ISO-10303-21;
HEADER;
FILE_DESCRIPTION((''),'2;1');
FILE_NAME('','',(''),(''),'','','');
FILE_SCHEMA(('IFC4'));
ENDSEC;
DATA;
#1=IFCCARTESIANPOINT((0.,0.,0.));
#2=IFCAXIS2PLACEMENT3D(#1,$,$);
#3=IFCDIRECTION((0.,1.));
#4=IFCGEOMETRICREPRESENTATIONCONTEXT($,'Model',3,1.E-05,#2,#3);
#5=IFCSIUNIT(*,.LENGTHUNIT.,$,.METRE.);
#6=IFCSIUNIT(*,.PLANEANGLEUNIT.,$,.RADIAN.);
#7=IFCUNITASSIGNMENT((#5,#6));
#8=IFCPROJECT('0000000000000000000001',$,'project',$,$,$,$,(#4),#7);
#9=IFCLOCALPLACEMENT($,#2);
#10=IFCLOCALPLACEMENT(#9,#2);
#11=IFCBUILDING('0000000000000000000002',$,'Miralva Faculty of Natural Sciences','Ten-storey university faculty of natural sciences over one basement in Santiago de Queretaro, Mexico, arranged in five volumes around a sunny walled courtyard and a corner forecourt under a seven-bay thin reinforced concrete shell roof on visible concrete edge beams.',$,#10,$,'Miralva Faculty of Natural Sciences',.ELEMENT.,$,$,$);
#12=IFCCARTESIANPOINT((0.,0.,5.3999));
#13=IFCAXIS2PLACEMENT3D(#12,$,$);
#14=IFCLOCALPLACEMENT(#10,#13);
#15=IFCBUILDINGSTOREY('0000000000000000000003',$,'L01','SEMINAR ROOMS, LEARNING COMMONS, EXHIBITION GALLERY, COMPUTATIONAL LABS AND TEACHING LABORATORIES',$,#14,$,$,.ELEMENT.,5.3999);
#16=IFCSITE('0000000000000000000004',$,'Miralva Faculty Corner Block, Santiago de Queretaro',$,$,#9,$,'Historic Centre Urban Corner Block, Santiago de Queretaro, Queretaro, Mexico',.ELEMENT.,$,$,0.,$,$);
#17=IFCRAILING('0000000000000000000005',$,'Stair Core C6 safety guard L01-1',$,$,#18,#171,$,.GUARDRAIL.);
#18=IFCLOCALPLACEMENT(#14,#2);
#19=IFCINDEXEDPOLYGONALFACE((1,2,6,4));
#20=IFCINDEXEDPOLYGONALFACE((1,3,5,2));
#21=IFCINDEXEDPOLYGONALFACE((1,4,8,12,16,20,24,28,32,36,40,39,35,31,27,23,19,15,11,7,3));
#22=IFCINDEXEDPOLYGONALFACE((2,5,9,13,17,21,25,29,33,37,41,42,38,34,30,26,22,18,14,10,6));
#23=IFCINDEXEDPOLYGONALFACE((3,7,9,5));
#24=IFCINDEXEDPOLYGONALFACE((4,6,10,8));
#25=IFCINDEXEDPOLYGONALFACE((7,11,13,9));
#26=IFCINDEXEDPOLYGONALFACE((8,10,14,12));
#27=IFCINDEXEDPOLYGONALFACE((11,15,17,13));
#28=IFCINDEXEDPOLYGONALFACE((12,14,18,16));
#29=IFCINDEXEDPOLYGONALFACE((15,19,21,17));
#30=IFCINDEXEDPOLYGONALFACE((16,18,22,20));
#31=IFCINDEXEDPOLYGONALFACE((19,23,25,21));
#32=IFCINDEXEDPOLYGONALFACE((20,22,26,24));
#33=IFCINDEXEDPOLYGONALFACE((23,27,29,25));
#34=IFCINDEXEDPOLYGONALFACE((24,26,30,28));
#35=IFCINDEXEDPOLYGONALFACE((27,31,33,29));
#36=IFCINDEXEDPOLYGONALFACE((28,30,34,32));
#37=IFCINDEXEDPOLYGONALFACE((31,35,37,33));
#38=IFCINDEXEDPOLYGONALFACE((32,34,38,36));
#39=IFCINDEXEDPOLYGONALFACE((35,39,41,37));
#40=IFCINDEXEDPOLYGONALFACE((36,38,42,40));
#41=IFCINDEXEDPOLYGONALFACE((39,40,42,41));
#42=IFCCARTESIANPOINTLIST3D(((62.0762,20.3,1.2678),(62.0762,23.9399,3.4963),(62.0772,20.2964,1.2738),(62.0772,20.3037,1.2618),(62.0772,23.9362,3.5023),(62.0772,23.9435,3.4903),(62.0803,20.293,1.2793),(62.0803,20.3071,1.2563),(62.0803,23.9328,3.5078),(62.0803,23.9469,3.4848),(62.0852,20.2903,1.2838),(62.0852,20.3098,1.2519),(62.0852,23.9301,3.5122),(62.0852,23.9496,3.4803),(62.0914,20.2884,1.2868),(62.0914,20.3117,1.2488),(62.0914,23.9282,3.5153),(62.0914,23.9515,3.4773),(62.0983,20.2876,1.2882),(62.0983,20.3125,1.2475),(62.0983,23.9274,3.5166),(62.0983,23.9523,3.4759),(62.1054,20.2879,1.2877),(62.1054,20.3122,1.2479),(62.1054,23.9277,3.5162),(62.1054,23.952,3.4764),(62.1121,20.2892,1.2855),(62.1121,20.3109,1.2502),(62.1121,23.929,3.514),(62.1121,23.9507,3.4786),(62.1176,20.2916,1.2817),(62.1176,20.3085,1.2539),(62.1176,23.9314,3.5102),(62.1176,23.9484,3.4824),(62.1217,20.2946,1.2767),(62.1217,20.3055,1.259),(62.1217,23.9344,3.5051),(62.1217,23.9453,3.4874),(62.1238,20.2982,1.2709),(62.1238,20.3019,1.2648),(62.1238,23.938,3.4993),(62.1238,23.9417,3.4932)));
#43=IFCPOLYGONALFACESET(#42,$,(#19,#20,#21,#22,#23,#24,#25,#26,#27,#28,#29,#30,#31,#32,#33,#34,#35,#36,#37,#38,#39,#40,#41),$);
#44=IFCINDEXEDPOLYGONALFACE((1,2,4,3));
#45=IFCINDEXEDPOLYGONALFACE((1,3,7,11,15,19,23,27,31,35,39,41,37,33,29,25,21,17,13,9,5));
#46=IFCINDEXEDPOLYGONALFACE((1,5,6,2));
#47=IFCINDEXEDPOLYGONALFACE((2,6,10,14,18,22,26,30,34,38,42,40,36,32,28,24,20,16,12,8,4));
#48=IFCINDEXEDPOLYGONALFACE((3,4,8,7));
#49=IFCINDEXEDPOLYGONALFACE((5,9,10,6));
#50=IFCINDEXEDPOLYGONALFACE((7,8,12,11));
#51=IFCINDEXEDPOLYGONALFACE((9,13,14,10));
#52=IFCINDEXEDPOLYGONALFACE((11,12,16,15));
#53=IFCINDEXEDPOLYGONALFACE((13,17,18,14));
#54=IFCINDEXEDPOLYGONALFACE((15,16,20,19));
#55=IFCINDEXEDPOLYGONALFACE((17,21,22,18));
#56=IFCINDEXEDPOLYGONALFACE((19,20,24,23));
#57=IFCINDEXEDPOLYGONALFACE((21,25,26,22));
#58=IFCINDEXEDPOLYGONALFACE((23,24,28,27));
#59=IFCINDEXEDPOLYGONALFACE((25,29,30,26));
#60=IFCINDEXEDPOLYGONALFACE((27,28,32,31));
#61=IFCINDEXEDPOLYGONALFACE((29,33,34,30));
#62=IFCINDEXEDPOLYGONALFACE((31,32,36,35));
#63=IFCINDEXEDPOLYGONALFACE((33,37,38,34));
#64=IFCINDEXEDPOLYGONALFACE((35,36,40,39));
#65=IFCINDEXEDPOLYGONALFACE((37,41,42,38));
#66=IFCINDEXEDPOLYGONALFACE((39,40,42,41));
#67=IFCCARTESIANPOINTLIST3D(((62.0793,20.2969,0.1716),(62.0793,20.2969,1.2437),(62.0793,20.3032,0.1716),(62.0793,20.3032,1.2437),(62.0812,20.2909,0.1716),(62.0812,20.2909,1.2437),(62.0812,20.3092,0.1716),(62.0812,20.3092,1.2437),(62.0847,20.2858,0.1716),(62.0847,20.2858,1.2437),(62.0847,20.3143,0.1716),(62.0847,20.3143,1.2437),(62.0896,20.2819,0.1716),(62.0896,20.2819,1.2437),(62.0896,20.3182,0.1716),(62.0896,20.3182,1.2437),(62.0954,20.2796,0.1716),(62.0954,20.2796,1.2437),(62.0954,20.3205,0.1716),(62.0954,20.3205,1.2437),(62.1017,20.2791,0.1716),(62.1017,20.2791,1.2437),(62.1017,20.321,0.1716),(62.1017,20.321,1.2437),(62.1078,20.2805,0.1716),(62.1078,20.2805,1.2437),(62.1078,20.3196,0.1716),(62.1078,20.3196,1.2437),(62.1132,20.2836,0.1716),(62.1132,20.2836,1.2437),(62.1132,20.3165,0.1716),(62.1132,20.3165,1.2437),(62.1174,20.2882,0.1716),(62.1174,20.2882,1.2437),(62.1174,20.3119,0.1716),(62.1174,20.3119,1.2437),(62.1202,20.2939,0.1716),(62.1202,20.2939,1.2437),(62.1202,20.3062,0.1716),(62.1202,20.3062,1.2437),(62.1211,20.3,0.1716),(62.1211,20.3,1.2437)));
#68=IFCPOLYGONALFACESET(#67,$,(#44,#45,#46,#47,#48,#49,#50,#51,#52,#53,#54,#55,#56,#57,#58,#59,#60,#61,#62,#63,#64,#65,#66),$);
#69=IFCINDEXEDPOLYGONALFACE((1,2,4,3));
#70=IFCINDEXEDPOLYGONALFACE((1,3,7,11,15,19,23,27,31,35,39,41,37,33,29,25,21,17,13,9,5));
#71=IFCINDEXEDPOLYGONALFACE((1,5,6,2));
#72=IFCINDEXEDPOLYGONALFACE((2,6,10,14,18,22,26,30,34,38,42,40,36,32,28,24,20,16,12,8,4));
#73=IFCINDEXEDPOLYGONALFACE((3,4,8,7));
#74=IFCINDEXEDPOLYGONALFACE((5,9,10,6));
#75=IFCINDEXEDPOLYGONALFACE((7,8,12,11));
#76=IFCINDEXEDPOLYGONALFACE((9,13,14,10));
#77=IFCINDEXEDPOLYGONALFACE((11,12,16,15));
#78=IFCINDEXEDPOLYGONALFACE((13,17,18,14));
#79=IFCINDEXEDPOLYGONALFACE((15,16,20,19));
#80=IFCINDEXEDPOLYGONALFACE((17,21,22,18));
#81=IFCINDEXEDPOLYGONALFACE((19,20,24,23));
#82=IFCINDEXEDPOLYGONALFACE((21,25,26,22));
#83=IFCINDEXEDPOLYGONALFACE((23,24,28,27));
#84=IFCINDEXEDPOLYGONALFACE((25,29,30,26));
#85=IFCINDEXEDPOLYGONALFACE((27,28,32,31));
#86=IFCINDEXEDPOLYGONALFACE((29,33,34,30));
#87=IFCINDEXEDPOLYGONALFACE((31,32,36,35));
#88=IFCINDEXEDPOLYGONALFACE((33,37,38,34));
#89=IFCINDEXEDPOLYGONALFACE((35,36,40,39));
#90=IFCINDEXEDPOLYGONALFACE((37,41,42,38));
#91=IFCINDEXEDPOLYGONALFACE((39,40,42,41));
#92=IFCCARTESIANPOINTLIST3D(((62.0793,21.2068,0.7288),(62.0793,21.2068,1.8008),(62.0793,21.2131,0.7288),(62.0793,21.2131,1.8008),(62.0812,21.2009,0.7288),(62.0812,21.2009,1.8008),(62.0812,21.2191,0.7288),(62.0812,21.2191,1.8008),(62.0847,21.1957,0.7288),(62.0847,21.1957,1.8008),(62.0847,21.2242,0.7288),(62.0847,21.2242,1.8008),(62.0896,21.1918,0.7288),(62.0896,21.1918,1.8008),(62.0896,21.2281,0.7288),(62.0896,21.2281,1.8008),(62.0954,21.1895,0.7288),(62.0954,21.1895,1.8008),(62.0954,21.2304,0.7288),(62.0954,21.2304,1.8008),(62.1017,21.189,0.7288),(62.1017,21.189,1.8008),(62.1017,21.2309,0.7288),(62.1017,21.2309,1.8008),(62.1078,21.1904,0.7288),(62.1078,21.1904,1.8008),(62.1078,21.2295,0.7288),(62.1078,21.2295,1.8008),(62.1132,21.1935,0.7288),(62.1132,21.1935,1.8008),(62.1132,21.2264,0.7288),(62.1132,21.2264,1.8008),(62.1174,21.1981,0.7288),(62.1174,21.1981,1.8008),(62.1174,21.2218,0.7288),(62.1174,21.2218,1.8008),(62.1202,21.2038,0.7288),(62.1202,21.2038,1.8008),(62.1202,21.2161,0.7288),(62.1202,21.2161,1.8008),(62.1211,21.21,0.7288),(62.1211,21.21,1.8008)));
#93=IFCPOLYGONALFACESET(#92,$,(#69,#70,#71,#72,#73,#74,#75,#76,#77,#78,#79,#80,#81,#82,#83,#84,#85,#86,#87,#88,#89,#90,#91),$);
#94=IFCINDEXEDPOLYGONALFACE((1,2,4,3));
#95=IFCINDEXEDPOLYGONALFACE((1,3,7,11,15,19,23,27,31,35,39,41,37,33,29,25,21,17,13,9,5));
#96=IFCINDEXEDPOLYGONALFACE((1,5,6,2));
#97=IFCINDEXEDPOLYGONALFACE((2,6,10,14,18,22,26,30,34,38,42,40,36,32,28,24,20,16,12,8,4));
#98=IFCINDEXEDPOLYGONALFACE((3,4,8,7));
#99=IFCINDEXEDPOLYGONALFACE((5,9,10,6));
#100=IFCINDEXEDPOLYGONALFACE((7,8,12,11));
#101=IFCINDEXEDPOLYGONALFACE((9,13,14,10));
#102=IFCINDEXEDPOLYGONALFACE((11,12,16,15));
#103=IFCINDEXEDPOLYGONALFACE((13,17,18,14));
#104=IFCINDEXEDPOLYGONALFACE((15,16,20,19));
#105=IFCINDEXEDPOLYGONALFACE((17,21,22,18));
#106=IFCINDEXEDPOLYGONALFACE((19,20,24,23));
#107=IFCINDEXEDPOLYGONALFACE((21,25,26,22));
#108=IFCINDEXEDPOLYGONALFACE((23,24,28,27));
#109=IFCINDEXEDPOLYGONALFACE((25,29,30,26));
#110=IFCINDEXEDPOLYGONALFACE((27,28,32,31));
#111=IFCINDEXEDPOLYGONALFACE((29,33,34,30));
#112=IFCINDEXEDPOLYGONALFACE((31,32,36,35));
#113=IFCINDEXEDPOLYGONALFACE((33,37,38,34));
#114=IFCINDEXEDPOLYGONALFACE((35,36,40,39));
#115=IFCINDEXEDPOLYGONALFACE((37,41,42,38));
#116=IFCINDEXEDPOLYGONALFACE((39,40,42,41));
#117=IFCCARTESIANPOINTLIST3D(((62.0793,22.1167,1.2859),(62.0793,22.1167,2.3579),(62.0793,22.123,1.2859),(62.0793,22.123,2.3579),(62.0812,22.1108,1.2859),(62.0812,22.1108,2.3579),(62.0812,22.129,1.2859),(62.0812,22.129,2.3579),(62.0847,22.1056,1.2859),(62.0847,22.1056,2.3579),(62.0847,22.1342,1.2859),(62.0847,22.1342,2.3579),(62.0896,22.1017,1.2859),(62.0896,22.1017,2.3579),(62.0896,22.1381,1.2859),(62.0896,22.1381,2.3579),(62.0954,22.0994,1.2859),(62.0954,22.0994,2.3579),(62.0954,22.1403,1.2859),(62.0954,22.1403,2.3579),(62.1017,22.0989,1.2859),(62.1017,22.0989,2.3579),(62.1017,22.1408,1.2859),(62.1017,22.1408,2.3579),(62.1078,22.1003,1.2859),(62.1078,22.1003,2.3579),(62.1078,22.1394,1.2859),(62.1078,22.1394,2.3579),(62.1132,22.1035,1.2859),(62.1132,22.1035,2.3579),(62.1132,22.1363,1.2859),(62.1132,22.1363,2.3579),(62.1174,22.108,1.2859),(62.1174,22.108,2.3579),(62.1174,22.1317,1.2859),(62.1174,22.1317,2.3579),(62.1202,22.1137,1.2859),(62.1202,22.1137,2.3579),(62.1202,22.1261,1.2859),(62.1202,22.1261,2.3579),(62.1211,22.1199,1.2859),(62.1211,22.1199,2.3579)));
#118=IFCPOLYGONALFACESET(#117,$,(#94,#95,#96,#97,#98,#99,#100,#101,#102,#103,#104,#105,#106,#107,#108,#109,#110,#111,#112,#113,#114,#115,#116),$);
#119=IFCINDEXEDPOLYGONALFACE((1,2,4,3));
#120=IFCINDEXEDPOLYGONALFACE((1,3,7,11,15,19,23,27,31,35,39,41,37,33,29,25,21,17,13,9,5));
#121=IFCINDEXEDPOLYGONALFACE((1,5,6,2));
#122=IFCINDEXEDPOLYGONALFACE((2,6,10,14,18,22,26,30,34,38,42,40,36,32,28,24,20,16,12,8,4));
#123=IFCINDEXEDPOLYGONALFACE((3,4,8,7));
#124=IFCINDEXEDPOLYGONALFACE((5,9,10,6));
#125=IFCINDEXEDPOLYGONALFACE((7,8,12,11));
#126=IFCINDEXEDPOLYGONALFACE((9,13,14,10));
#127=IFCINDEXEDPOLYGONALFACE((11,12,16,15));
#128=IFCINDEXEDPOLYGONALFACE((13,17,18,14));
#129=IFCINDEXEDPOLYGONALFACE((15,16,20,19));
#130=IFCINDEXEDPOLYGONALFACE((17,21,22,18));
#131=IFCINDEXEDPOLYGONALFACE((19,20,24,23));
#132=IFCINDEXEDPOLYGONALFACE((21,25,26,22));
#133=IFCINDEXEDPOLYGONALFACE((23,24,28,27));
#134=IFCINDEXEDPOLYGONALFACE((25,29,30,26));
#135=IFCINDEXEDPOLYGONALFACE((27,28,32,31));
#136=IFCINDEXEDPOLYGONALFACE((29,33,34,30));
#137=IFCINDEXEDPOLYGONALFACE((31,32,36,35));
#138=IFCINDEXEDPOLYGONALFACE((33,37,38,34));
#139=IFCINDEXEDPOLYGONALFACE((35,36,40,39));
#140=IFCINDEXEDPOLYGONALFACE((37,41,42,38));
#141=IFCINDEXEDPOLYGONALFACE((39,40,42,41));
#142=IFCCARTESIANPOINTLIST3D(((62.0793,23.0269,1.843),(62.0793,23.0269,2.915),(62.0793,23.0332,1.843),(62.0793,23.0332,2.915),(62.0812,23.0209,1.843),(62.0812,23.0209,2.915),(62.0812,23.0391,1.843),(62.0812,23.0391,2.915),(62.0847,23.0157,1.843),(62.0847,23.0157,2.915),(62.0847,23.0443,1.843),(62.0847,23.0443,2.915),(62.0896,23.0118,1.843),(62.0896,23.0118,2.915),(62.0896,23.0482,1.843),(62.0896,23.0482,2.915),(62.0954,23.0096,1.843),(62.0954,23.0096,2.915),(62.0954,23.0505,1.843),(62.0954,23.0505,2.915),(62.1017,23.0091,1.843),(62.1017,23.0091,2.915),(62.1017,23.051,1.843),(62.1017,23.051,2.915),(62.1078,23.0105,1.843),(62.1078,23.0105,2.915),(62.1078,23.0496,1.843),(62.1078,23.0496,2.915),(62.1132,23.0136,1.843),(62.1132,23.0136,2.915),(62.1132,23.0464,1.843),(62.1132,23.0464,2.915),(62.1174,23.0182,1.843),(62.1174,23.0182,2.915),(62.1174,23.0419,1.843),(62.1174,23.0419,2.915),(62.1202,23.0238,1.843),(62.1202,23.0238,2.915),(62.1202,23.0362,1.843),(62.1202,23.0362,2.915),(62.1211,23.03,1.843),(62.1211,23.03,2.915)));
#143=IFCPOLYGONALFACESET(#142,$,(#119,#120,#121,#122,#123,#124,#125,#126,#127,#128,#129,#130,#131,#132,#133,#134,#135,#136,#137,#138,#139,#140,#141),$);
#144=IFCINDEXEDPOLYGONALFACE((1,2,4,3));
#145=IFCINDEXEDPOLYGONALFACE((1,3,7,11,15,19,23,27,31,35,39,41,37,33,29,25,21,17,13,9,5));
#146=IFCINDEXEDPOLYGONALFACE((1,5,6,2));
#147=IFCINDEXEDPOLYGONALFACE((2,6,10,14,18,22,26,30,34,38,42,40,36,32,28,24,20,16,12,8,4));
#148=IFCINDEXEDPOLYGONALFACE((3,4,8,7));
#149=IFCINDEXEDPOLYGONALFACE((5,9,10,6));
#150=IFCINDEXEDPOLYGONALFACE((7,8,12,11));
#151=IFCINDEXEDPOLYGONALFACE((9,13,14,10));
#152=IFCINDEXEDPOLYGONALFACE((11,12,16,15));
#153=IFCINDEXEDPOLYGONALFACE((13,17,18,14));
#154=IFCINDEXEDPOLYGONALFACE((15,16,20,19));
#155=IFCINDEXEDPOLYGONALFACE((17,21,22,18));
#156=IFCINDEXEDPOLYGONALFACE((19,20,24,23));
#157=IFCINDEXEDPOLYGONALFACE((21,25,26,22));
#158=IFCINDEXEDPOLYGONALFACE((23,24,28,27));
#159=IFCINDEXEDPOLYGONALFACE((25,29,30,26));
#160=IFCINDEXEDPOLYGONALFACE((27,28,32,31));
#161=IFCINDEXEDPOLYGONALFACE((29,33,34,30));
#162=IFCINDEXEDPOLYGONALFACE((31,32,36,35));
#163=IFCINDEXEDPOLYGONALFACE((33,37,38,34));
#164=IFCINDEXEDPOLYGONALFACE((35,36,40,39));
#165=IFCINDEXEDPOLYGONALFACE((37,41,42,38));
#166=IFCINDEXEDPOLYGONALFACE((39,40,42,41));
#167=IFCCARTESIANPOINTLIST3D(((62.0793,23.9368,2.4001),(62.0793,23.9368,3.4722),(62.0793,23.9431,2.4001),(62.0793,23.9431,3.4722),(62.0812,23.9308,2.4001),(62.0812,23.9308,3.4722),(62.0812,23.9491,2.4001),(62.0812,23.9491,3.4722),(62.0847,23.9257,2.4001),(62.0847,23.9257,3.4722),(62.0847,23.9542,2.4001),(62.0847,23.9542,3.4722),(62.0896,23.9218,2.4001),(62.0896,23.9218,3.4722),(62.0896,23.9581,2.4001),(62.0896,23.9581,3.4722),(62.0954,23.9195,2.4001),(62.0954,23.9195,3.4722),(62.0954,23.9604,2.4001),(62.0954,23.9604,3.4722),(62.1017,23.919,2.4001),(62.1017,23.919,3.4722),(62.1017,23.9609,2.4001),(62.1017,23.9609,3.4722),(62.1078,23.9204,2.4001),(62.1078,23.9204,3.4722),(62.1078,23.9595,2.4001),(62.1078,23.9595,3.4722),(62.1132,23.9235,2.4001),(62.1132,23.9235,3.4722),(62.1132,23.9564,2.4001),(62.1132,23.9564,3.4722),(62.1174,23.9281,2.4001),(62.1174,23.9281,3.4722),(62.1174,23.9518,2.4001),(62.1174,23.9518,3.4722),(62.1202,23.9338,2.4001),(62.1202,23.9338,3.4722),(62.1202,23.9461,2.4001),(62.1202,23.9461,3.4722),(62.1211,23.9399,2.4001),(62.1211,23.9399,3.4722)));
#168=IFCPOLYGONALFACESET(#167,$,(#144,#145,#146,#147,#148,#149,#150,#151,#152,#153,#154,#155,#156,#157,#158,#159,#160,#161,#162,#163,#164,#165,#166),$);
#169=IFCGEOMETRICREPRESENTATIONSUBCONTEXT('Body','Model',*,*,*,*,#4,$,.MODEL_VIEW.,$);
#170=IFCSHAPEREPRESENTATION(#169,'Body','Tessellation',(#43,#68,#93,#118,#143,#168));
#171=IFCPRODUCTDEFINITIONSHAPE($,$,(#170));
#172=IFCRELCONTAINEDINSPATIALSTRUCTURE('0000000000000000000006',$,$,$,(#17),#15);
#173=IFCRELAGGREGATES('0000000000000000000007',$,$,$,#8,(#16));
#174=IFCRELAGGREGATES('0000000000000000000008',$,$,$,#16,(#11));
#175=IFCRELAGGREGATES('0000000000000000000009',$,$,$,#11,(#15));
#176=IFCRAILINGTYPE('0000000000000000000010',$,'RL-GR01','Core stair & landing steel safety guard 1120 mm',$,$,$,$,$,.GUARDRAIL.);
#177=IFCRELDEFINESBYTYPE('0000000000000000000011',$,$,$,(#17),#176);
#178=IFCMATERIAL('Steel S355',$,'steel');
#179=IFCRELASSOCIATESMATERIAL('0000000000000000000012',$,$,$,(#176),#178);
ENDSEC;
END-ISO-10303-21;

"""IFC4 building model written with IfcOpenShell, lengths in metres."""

from ifc_helpers import new_model, si_unit, direction, frame, origin, origin_2d, place, context, subcontext, project, spatial, circle, extrude, material, type_object, element, save


model = new_model("IFC4")

# Units and contexts
model_context = context("Model", 3, precision=1e-05, world=origin(), true_north=direction((0.0, 1.0)))
body_context = subcontext(model_context, "Body", "Model", "MODEL_VIEW")
ifc_project = project(units=[si_unit("LENGTHUNIT", "METRE"), si_unit("PLANEANGLEUNIT", "RADIAN")], contexts=[model_context])

# Site, building, storey
site_placement = place(None, origin())
site = spatial("IfcSite", under=ifc_project, at=site_placement, Name="Miralva Faculty Corner Block, Santiago de Queretaro", LongName="Historic Centre Urban Corner Block, Santiago de Queretaro, Queretaro, Mexico", CompositionType="ELEMENT", RefElevation=0.0)
building_placement = place(site_placement, origin())
building = spatial("IfcBuilding", under=site, at=building_placement, Name="Miralva Faculty of Natural Sciences", Description="Ten-storey university faculty of natural sciences over one basement in Santiago de Queretaro, Mexico, arranged in five volumes around a sunny walled courtyard and a corner forecourt under a seven-bay thin reinforced concrete shell roof on visible concrete edge beams.", LongName="Miralva Faculty of Natural Sciences", CompositionType="ELEMENT")
storey_placement = place(building_placement, frame((0.0, 0.0, 5.3999)))
storey = spatial("IfcBuildingStorey", under=building, at=storey_placement, Name="L01", Description="SEMINAR ROOMS, LEARNING COMMONS, EXHIBITION GALLERY, COMPUTATIONAL LABS AND TEACHING LABORATORIES", CompositionType="ELEMENT", Elevation=5.3999)

# Railing
ifc_material_1 = material(Name="Steel S355", Category="steel")
railing_type_1 = type_object("IfcRailingType", Name="RL-GR01", Description="Core stair & landing steel safety guard 1120 mm", PredefinedType="GUARDRAIL", material=ifc_material_1)
railing_1_placement = place(storey_placement, frame((62.1001, 20.3, 0.1716)))
element("IfcRailing", 1, at=railing_1_placement, inside=storey, type_object=railing_type_1, Name="Stair Core C6 safety guard L01-1", PredefinedType="GUARDRAIL", context=body_context, shape_type="SweptSolid", body=[
    extrude(circle(Radius=0.0239, at=origin_2d()), frame((0.0, 0.0, 1.0962), z_axis=(0.0, 0.85285, 0.522156), x_axis=(-1.0, 0.0, 0.0)), (0.0, 0.0, 1.0), 4.2678),
    extrude(circle(Radius=0.021, at=origin_2d()), origin(), (0.0, 0.0, 1.0), 1.072),
    extrude(circle(Radius=0.021, at=origin_2d()), frame((0.0, 0.9099, 0.5571)), (0.0, 0.0, 1.0), 1.072),
    extrude(circle(Radius=0.021, at=origin_2d()), frame((0.0, 1.8198, 1.1143)), (0.0, 0.0, 1.0), 1.072),
    extrude(circle(Radius=0.021, at=origin_2d()), frame((0.0, 2.73, 1.6714)), (0.0, 0.0, 1.0), 1.072),
    extrude(circle(Radius=0.021, at=origin_2d()), frame((0.0, 3.6399, 2.2285)), (0.0, 0.0, 1.0), 1.072),
])

save(model, "model.ifc")
